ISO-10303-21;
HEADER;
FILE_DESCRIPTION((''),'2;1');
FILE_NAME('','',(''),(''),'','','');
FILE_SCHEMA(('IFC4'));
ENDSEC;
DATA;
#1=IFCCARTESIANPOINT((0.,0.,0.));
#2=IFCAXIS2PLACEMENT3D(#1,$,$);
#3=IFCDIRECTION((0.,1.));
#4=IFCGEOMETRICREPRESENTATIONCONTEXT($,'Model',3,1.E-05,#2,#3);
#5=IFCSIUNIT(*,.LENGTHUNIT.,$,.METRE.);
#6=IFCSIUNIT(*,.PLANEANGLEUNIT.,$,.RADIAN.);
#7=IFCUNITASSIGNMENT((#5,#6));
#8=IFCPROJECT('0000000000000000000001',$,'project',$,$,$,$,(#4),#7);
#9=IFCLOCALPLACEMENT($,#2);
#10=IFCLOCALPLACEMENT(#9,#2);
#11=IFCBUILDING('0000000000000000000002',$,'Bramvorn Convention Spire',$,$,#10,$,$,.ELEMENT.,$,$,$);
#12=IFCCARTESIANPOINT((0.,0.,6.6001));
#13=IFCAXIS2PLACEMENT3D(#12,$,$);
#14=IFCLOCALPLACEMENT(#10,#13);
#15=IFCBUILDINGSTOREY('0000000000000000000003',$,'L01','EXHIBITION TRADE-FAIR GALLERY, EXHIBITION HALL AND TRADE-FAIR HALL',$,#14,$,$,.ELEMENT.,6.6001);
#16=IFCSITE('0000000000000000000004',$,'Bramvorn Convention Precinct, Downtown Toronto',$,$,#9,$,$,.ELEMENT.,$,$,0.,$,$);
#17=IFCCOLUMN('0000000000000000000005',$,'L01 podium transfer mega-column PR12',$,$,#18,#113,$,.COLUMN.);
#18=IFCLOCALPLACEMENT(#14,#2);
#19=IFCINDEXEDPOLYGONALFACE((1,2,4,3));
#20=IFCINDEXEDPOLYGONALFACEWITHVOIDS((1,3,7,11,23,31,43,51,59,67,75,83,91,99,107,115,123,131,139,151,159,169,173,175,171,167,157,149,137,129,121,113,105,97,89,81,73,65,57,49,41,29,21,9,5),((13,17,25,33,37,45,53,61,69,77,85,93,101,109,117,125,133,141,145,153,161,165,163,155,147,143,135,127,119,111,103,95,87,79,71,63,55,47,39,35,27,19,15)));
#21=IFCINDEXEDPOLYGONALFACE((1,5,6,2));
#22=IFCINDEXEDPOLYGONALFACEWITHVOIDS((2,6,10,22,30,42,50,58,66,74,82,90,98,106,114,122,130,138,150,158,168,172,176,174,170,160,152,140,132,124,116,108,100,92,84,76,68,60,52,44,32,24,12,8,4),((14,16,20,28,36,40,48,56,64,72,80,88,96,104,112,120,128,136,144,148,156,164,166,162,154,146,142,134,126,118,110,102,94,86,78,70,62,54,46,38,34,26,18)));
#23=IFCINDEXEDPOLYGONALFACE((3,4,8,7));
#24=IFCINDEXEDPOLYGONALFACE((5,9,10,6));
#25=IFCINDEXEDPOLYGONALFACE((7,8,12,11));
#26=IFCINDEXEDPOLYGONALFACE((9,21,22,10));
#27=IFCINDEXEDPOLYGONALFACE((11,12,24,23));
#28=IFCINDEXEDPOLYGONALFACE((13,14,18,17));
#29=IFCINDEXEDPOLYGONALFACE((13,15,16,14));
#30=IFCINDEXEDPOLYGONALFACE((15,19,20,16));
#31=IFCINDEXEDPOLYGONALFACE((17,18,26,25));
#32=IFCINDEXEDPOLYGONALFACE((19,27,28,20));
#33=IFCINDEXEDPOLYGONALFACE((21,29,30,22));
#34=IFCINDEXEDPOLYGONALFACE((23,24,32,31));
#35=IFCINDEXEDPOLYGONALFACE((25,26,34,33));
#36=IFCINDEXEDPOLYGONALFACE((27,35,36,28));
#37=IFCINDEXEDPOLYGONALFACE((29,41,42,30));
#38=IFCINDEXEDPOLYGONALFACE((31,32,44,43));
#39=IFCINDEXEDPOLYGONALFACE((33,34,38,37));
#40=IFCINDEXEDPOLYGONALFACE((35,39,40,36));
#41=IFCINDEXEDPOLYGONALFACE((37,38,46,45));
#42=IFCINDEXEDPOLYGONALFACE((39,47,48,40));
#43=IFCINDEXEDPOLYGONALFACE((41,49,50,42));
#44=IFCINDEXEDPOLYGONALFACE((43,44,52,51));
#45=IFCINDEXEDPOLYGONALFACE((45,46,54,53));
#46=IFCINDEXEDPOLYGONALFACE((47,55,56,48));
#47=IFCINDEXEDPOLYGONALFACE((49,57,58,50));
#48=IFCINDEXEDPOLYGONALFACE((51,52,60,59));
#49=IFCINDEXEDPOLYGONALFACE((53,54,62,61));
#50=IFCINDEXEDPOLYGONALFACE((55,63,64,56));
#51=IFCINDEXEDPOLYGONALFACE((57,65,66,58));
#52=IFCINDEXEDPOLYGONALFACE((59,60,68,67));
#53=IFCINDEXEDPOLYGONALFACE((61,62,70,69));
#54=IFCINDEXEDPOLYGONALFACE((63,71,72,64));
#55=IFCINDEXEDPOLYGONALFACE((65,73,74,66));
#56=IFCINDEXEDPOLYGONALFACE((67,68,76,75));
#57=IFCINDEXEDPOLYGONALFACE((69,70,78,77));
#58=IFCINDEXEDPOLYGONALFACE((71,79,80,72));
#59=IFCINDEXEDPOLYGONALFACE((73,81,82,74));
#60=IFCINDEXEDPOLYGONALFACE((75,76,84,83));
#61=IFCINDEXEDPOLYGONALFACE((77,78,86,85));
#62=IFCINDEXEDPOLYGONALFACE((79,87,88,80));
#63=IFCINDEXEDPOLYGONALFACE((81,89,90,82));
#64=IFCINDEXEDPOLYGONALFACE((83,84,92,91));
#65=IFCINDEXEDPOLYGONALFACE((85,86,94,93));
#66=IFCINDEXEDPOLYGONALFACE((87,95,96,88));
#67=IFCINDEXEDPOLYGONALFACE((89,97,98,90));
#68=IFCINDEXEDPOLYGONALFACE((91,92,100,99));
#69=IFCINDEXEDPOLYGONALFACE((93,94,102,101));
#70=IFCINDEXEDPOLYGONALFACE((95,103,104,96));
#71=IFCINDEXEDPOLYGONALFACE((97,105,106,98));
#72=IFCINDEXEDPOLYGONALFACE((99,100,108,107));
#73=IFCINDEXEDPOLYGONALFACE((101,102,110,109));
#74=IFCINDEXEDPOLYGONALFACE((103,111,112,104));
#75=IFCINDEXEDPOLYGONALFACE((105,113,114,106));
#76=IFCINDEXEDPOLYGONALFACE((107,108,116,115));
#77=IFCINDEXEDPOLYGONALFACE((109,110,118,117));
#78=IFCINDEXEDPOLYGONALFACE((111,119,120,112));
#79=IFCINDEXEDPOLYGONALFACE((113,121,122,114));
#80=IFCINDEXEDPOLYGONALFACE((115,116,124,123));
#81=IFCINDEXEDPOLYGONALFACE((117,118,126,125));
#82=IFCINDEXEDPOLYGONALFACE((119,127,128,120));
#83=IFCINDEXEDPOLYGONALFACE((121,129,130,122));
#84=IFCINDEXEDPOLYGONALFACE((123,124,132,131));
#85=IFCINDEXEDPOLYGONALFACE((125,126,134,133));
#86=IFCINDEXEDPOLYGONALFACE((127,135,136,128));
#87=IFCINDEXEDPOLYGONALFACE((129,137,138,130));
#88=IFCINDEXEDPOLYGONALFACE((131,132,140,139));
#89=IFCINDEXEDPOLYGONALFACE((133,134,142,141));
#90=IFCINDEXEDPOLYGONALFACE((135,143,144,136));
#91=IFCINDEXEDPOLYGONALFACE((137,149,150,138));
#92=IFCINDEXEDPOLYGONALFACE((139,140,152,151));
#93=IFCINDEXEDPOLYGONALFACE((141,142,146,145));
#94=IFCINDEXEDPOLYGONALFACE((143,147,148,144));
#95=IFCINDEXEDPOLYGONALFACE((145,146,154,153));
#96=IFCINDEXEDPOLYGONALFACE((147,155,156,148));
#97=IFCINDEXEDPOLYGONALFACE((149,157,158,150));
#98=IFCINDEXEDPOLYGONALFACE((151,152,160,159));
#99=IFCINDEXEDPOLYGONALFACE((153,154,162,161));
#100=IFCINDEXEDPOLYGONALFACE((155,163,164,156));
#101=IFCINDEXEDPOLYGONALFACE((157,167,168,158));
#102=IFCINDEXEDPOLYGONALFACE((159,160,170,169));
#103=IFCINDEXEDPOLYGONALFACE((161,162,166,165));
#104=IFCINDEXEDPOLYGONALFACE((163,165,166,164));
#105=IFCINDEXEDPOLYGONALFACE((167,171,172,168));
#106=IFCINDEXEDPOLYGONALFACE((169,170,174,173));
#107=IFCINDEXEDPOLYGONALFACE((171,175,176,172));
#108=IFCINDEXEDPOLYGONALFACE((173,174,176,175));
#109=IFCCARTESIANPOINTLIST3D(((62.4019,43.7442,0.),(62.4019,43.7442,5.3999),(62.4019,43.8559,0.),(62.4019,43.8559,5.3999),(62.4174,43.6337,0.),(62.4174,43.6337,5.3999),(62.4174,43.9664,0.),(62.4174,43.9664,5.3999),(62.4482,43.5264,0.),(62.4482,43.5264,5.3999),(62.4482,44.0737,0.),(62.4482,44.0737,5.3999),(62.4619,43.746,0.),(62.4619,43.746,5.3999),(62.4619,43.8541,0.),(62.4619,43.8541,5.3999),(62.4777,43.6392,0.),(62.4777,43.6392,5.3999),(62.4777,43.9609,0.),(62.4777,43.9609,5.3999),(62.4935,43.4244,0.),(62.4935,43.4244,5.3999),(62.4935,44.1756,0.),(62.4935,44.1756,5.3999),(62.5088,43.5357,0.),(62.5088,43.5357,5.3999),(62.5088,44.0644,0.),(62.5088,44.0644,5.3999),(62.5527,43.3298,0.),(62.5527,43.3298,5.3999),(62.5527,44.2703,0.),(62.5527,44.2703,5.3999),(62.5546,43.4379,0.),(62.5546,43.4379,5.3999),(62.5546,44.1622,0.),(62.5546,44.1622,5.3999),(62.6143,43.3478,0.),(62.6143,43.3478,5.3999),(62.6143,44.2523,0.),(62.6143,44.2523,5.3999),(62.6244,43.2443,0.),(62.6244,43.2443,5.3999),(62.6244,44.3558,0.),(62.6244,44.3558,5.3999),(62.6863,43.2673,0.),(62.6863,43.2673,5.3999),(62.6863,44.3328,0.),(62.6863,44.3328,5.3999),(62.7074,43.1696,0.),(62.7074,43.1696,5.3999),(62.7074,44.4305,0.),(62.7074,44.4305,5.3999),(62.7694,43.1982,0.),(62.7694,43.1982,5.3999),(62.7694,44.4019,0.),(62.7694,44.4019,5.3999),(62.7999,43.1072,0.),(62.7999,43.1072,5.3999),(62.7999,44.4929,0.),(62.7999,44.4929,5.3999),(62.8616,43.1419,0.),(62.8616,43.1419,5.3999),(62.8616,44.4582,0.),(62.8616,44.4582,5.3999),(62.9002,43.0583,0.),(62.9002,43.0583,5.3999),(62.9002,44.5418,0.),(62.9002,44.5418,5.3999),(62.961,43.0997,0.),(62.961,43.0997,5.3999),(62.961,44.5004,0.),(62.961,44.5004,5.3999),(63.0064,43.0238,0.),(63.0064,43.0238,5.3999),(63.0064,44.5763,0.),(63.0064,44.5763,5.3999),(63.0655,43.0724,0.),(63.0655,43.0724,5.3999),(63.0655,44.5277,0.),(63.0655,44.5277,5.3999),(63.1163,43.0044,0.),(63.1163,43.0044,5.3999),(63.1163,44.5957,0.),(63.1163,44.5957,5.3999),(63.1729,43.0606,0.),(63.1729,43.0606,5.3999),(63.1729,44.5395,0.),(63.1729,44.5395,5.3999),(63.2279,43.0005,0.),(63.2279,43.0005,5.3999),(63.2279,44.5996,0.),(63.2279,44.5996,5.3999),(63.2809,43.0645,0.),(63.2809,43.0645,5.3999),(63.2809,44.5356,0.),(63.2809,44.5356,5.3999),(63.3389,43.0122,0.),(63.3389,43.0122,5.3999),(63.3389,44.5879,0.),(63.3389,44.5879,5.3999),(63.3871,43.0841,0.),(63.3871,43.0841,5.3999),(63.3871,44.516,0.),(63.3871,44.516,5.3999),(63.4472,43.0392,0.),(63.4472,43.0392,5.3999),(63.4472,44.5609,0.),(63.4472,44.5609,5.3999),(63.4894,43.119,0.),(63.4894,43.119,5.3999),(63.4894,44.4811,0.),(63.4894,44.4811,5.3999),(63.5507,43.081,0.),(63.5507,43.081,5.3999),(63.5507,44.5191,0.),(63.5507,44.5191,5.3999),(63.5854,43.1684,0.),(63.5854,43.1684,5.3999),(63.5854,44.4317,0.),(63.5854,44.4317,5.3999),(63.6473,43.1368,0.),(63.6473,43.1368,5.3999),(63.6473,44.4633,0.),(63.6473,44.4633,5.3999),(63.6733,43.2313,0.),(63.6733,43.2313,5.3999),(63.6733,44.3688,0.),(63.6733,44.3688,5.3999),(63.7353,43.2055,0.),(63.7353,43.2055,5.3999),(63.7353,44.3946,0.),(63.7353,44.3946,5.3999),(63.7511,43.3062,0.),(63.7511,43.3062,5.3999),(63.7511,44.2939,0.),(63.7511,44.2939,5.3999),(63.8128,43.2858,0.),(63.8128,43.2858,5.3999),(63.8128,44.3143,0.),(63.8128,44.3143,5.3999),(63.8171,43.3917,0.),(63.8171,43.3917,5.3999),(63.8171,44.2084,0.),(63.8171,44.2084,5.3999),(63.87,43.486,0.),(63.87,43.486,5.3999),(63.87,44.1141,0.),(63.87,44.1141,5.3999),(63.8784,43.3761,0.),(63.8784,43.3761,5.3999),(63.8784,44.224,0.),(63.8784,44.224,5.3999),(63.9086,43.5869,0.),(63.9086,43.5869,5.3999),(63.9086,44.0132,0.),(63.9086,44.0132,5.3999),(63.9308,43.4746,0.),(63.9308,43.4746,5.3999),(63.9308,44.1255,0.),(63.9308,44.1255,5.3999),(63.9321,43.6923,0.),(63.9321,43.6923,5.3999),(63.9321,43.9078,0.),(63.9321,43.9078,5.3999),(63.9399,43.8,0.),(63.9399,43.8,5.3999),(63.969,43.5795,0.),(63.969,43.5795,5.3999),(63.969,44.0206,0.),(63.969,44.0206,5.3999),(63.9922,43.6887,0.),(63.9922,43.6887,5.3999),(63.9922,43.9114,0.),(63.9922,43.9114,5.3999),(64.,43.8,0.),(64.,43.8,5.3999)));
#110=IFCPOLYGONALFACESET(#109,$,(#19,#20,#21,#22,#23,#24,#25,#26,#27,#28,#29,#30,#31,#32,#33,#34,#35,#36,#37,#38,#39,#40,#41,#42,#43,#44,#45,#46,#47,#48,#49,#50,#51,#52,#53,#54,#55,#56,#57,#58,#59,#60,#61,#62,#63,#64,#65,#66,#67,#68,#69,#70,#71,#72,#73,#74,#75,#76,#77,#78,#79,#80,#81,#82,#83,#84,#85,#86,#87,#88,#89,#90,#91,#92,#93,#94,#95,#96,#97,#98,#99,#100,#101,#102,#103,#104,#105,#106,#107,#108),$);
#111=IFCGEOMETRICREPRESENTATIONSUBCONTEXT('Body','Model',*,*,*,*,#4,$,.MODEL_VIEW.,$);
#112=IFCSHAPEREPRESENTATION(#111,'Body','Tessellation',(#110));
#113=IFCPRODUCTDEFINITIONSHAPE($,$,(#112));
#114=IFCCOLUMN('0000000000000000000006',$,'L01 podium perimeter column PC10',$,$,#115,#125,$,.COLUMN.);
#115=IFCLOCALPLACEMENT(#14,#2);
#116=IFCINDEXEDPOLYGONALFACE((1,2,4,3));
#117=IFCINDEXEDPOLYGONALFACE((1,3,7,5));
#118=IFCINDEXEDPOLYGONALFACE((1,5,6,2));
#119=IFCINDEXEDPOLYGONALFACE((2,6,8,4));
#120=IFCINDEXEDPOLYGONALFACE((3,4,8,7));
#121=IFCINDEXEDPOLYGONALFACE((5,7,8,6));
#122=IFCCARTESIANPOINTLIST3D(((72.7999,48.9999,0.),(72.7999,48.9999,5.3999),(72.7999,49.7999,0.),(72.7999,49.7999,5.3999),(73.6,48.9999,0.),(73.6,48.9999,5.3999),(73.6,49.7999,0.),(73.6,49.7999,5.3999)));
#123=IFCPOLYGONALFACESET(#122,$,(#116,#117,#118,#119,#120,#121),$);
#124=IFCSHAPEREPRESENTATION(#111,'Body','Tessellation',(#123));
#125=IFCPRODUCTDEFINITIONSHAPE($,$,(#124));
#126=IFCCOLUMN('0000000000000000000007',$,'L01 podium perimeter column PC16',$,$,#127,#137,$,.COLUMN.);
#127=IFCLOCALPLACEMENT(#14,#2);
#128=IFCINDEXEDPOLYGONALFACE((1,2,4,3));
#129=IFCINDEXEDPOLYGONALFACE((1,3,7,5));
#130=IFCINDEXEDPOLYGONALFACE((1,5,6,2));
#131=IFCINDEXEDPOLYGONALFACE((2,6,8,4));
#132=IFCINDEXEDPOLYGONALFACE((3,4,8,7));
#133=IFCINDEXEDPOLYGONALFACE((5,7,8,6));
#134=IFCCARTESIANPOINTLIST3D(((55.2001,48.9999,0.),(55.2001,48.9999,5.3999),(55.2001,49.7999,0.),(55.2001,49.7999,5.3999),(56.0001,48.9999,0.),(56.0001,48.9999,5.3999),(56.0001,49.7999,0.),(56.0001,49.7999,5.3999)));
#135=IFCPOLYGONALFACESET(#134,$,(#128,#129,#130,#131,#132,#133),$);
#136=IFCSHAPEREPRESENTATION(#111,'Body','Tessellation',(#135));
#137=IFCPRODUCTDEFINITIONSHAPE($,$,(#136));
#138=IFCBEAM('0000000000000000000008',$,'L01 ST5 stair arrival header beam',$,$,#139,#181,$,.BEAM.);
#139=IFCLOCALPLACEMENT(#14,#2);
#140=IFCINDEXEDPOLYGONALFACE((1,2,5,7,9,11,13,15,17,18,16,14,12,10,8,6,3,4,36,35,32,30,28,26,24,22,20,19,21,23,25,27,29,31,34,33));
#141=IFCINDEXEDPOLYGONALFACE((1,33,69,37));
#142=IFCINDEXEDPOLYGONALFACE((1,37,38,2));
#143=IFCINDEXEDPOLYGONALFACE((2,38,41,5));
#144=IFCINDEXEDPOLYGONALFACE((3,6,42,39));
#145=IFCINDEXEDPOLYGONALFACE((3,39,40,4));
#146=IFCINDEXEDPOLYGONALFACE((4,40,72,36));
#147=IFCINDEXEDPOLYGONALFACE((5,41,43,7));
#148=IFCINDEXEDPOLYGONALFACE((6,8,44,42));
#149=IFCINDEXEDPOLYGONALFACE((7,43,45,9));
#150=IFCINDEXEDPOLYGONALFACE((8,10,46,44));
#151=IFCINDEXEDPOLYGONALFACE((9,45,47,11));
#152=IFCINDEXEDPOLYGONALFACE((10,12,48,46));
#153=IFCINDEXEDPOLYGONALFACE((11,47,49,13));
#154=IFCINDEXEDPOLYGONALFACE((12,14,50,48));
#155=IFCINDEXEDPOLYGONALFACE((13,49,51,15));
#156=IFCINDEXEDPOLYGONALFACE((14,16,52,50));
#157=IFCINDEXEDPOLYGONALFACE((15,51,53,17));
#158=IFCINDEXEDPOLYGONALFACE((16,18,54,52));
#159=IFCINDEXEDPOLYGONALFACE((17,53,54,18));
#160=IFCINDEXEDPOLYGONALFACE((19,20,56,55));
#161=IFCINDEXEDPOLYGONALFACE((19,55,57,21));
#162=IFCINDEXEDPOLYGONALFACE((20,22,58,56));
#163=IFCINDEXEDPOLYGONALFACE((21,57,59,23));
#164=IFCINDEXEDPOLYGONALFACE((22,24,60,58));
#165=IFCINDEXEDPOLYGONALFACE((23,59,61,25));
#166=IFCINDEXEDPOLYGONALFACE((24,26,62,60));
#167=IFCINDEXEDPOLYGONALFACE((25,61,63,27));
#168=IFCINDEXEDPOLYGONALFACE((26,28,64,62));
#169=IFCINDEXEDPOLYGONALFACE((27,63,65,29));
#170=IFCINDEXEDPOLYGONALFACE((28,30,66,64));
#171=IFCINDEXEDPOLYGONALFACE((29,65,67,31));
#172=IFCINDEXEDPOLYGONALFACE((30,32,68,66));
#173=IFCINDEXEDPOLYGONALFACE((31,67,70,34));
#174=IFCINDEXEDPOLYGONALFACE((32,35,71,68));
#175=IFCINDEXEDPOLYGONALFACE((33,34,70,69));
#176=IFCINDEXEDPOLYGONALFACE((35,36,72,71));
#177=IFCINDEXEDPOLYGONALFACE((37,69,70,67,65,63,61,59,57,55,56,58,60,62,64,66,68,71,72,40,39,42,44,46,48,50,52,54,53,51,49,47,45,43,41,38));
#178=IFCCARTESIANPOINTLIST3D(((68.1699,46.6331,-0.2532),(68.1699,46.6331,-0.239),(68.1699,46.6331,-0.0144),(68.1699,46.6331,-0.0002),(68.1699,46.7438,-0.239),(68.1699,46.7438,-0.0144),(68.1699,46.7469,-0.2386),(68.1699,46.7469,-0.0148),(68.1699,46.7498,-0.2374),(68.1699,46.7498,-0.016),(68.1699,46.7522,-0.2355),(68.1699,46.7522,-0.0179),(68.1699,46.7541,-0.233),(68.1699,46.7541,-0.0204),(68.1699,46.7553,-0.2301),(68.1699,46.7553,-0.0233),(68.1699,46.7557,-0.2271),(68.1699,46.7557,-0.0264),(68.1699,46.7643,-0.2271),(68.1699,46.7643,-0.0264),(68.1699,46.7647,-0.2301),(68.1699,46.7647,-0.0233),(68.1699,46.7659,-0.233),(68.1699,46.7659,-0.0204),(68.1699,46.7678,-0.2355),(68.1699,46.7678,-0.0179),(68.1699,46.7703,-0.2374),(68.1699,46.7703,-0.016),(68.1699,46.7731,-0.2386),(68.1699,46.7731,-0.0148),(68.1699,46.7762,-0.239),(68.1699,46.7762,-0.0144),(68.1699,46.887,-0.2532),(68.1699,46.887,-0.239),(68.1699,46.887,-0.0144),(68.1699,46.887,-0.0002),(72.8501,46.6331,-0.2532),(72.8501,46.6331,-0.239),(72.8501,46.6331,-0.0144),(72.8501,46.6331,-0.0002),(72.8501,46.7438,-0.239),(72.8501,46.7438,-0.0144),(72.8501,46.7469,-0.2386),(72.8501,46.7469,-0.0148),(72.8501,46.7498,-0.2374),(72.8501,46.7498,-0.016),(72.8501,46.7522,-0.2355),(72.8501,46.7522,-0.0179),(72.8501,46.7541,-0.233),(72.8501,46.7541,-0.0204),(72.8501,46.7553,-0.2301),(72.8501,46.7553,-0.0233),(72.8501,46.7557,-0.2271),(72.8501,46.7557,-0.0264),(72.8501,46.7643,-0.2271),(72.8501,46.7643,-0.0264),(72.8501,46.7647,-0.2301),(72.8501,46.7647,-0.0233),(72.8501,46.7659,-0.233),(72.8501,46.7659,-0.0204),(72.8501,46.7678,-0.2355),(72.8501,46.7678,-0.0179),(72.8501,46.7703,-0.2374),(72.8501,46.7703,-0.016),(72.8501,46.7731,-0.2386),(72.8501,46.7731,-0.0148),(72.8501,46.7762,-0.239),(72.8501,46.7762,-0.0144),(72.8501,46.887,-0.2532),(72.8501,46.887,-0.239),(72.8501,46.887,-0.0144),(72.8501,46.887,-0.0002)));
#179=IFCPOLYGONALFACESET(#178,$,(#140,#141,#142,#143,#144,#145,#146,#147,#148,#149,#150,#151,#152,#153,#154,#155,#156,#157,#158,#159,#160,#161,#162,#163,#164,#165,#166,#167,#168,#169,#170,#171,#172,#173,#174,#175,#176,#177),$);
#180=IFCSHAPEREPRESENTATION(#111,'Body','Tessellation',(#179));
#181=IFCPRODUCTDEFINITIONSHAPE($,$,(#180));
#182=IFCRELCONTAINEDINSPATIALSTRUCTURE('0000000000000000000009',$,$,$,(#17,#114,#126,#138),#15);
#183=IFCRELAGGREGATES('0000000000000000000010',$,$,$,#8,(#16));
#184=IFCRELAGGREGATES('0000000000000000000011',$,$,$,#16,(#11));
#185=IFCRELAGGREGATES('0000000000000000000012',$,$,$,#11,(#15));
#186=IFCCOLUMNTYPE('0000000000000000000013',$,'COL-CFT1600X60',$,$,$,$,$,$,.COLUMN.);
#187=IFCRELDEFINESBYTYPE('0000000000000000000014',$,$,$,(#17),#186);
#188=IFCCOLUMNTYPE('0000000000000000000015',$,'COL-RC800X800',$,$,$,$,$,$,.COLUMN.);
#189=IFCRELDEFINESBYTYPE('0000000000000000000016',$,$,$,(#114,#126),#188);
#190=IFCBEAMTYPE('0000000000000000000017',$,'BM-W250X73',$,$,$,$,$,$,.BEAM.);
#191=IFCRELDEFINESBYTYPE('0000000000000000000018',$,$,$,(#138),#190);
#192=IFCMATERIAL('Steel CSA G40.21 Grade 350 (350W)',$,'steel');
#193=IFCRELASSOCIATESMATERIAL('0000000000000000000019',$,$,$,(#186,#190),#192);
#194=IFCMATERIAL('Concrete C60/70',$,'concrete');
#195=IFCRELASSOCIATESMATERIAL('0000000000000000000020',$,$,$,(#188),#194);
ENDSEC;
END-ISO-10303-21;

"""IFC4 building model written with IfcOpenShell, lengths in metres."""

from ifc_helpers import new_model, si_unit, direction, frame, origin, origin_2d, place, context, subcontext, project, spatial, rectangle, hollow_circle, i_section, extrude, material, material_profile, profile_set, type_object, element, save


model = new_model("IFC4")

# Units and contexts
model_context = context("Model", 3, precision=1e-05, world=origin(), true_north=direction((0.0, 1.0)))
body_context = subcontext(model_context, "Body", "Model", "MODEL_VIEW")
ifc_project = project(units=[si_unit("LENGTHUNIT", "METRE"), si_unit("PLANEANGLEUNIT", "RADIAN")], contexts=[model_context])

# Site, building, storey
site_placement = place(None, origin())
site = spatial("IfcSite", under=ifc_project, at=site_placement, Name="Bramvorn Convention Precinct, Downtown Toronto", CompositionType="ELEMENT", RefElevation=0.0)
building_placement = place(site_placement, origin())
building = spatial("IfcBuilding", under=site, at=building_placement, Name="Bramvorn Convention Spire", CompositionType="ELEMENT")
storey_placement = place(building_placement, frame((0.0, 0.0, 6.6001)))
storey = spatial("IfcBuildingStorey", under=building, at=storey_placement, Name="L01", Description="EXHIBITION TRADE-FAIR GALLERY, EXHIBITION HALL AND TRADE-FAIR HALL", CompositionType="ELEMENT", Elevation=6.6001)

# Columns
ifc_material_1 = material(Name="Steel CSA G40.21 Grade 350 (350W)", Category="steel")
ifc_material_profile_1 = material_profile(ifc_material_1, hollow_circle(Radius=0.8, WallThickness=0.0601, at=origin_2d()))
ifc_profile_set_1 = profile_set([ifc_material_profile_1], Name="Steel CSA G40.21 Grade 350 (350W) - CFT1600X60")
column_type_1 = type_object("IfcColumnType", Name="COL-CFT1600X60", PredefinedType="COLUMN", material=ifc_profile_set_1)
column_placement = place(storey_placement, frame((63.2, 43.8, 0.0), z_axis=(0.0, 0.0, 1.0), x_axis=(1.0, 0.0, 0.0)))
element("IfcColumn", 1, at=column_placement, inside=storey, type_object=column_type_1, Name="L01 podium transfer mega-column PR12", PredefinedType="COLUMN", context=body_context, shape_type="SweptSolid", body=[
    extrude(hollow_circle(Radius=0.8, WallThickness=0.0601, at=origin_2d()), origin(), (0.0, 0.0, 1.0), 5.3999),
])
ifc_material_2 = material(Name="Concrete C60/70", Category="concrete")
ifc_material_profile_2 = material_profile(ifc_material_2, rectangle(XDim=0.8, YDim=0.8, at=origin_2d()))
ifc_profile_set_2 = profile_set([ifc_material_profile_2], Name="Concrete C60/70 - RC800X800")
column_type_2 = type_object("IfcColumnType", Name="COL-RC800X800", PredefinedType="COLUMN", material=ifc_profile_set_2)
for number, where, z_axis, x_axis, name in (
    (2, (73.2, 49.3999, 0.0), (0.0, 0.0, 1.0), (1.0, 0.0, 0.0), "L01 podium perimeter column PC10"),
    (3, (55.6001, 49.3999, 0.0), (0.0, 0.0, 1.0), (1.0, 0.0, 0.0), "L01 podium perimeter column PC16"),
):
    element("IfcColumn", number, at=place(storey_placement, frame(where, z_axis=z_axis, x_axis=x_axis)), inside=storey, type_object=column_type_2, Name=name, PredefinedType="COLUMN", context=body_context, shape_type="SweptSolid", body=[
        extrude(rectangle(XDim=0.8, YDim=0.8, at=origin_2d()), origin(), (0.0, 0.0, 1.0), 5.3999),
    ])

# Beam
ifc_material_profile_3 = material_profile(ifc_material_1, i_section(OverallWidth=0.2539, OverallDepth=0.2529, WebThickness=0.0085, FlangeThickness=0.0142, FilletRadius=0.012, at=origin_2d()))
ifc_profile_set_3 = profile_set([ifc_material_profile_3], Name="Steel CSA G40.21 Grade 350 (350W) - W250X73")
beam_type_1 = type_object("IfcBeamType", Name="BM-W250X73", PredefinedType="BEAM", material=ifc_profile_set_3)
beam_1_placement = place(storey_placement, frame((68.1699, 46.76, -0.1267), z_axis=(1.0, 0.0, 0.0), x_axis=(0.0, 1.0, 0.0)))
element("IfcBeam", 4, at=beam_1_placement, inside=storey, type_object=beam_type_1, Name="L01 ST5 stair arrival header beam", PredefinedType="BEAM", context=body_context, shape_type="SweptSolid", body=[
    extrude(i_section(OverallWidth=0.2539, OverallDepth=0.2529, WebThickness=0.0085, FlangeThickness=0.0142, FilletRadius=0.012, at=origin_2d()), origin(), (0.0, 0.0, 1.0), 4.6802),
])

save(model, "model.ifc")
